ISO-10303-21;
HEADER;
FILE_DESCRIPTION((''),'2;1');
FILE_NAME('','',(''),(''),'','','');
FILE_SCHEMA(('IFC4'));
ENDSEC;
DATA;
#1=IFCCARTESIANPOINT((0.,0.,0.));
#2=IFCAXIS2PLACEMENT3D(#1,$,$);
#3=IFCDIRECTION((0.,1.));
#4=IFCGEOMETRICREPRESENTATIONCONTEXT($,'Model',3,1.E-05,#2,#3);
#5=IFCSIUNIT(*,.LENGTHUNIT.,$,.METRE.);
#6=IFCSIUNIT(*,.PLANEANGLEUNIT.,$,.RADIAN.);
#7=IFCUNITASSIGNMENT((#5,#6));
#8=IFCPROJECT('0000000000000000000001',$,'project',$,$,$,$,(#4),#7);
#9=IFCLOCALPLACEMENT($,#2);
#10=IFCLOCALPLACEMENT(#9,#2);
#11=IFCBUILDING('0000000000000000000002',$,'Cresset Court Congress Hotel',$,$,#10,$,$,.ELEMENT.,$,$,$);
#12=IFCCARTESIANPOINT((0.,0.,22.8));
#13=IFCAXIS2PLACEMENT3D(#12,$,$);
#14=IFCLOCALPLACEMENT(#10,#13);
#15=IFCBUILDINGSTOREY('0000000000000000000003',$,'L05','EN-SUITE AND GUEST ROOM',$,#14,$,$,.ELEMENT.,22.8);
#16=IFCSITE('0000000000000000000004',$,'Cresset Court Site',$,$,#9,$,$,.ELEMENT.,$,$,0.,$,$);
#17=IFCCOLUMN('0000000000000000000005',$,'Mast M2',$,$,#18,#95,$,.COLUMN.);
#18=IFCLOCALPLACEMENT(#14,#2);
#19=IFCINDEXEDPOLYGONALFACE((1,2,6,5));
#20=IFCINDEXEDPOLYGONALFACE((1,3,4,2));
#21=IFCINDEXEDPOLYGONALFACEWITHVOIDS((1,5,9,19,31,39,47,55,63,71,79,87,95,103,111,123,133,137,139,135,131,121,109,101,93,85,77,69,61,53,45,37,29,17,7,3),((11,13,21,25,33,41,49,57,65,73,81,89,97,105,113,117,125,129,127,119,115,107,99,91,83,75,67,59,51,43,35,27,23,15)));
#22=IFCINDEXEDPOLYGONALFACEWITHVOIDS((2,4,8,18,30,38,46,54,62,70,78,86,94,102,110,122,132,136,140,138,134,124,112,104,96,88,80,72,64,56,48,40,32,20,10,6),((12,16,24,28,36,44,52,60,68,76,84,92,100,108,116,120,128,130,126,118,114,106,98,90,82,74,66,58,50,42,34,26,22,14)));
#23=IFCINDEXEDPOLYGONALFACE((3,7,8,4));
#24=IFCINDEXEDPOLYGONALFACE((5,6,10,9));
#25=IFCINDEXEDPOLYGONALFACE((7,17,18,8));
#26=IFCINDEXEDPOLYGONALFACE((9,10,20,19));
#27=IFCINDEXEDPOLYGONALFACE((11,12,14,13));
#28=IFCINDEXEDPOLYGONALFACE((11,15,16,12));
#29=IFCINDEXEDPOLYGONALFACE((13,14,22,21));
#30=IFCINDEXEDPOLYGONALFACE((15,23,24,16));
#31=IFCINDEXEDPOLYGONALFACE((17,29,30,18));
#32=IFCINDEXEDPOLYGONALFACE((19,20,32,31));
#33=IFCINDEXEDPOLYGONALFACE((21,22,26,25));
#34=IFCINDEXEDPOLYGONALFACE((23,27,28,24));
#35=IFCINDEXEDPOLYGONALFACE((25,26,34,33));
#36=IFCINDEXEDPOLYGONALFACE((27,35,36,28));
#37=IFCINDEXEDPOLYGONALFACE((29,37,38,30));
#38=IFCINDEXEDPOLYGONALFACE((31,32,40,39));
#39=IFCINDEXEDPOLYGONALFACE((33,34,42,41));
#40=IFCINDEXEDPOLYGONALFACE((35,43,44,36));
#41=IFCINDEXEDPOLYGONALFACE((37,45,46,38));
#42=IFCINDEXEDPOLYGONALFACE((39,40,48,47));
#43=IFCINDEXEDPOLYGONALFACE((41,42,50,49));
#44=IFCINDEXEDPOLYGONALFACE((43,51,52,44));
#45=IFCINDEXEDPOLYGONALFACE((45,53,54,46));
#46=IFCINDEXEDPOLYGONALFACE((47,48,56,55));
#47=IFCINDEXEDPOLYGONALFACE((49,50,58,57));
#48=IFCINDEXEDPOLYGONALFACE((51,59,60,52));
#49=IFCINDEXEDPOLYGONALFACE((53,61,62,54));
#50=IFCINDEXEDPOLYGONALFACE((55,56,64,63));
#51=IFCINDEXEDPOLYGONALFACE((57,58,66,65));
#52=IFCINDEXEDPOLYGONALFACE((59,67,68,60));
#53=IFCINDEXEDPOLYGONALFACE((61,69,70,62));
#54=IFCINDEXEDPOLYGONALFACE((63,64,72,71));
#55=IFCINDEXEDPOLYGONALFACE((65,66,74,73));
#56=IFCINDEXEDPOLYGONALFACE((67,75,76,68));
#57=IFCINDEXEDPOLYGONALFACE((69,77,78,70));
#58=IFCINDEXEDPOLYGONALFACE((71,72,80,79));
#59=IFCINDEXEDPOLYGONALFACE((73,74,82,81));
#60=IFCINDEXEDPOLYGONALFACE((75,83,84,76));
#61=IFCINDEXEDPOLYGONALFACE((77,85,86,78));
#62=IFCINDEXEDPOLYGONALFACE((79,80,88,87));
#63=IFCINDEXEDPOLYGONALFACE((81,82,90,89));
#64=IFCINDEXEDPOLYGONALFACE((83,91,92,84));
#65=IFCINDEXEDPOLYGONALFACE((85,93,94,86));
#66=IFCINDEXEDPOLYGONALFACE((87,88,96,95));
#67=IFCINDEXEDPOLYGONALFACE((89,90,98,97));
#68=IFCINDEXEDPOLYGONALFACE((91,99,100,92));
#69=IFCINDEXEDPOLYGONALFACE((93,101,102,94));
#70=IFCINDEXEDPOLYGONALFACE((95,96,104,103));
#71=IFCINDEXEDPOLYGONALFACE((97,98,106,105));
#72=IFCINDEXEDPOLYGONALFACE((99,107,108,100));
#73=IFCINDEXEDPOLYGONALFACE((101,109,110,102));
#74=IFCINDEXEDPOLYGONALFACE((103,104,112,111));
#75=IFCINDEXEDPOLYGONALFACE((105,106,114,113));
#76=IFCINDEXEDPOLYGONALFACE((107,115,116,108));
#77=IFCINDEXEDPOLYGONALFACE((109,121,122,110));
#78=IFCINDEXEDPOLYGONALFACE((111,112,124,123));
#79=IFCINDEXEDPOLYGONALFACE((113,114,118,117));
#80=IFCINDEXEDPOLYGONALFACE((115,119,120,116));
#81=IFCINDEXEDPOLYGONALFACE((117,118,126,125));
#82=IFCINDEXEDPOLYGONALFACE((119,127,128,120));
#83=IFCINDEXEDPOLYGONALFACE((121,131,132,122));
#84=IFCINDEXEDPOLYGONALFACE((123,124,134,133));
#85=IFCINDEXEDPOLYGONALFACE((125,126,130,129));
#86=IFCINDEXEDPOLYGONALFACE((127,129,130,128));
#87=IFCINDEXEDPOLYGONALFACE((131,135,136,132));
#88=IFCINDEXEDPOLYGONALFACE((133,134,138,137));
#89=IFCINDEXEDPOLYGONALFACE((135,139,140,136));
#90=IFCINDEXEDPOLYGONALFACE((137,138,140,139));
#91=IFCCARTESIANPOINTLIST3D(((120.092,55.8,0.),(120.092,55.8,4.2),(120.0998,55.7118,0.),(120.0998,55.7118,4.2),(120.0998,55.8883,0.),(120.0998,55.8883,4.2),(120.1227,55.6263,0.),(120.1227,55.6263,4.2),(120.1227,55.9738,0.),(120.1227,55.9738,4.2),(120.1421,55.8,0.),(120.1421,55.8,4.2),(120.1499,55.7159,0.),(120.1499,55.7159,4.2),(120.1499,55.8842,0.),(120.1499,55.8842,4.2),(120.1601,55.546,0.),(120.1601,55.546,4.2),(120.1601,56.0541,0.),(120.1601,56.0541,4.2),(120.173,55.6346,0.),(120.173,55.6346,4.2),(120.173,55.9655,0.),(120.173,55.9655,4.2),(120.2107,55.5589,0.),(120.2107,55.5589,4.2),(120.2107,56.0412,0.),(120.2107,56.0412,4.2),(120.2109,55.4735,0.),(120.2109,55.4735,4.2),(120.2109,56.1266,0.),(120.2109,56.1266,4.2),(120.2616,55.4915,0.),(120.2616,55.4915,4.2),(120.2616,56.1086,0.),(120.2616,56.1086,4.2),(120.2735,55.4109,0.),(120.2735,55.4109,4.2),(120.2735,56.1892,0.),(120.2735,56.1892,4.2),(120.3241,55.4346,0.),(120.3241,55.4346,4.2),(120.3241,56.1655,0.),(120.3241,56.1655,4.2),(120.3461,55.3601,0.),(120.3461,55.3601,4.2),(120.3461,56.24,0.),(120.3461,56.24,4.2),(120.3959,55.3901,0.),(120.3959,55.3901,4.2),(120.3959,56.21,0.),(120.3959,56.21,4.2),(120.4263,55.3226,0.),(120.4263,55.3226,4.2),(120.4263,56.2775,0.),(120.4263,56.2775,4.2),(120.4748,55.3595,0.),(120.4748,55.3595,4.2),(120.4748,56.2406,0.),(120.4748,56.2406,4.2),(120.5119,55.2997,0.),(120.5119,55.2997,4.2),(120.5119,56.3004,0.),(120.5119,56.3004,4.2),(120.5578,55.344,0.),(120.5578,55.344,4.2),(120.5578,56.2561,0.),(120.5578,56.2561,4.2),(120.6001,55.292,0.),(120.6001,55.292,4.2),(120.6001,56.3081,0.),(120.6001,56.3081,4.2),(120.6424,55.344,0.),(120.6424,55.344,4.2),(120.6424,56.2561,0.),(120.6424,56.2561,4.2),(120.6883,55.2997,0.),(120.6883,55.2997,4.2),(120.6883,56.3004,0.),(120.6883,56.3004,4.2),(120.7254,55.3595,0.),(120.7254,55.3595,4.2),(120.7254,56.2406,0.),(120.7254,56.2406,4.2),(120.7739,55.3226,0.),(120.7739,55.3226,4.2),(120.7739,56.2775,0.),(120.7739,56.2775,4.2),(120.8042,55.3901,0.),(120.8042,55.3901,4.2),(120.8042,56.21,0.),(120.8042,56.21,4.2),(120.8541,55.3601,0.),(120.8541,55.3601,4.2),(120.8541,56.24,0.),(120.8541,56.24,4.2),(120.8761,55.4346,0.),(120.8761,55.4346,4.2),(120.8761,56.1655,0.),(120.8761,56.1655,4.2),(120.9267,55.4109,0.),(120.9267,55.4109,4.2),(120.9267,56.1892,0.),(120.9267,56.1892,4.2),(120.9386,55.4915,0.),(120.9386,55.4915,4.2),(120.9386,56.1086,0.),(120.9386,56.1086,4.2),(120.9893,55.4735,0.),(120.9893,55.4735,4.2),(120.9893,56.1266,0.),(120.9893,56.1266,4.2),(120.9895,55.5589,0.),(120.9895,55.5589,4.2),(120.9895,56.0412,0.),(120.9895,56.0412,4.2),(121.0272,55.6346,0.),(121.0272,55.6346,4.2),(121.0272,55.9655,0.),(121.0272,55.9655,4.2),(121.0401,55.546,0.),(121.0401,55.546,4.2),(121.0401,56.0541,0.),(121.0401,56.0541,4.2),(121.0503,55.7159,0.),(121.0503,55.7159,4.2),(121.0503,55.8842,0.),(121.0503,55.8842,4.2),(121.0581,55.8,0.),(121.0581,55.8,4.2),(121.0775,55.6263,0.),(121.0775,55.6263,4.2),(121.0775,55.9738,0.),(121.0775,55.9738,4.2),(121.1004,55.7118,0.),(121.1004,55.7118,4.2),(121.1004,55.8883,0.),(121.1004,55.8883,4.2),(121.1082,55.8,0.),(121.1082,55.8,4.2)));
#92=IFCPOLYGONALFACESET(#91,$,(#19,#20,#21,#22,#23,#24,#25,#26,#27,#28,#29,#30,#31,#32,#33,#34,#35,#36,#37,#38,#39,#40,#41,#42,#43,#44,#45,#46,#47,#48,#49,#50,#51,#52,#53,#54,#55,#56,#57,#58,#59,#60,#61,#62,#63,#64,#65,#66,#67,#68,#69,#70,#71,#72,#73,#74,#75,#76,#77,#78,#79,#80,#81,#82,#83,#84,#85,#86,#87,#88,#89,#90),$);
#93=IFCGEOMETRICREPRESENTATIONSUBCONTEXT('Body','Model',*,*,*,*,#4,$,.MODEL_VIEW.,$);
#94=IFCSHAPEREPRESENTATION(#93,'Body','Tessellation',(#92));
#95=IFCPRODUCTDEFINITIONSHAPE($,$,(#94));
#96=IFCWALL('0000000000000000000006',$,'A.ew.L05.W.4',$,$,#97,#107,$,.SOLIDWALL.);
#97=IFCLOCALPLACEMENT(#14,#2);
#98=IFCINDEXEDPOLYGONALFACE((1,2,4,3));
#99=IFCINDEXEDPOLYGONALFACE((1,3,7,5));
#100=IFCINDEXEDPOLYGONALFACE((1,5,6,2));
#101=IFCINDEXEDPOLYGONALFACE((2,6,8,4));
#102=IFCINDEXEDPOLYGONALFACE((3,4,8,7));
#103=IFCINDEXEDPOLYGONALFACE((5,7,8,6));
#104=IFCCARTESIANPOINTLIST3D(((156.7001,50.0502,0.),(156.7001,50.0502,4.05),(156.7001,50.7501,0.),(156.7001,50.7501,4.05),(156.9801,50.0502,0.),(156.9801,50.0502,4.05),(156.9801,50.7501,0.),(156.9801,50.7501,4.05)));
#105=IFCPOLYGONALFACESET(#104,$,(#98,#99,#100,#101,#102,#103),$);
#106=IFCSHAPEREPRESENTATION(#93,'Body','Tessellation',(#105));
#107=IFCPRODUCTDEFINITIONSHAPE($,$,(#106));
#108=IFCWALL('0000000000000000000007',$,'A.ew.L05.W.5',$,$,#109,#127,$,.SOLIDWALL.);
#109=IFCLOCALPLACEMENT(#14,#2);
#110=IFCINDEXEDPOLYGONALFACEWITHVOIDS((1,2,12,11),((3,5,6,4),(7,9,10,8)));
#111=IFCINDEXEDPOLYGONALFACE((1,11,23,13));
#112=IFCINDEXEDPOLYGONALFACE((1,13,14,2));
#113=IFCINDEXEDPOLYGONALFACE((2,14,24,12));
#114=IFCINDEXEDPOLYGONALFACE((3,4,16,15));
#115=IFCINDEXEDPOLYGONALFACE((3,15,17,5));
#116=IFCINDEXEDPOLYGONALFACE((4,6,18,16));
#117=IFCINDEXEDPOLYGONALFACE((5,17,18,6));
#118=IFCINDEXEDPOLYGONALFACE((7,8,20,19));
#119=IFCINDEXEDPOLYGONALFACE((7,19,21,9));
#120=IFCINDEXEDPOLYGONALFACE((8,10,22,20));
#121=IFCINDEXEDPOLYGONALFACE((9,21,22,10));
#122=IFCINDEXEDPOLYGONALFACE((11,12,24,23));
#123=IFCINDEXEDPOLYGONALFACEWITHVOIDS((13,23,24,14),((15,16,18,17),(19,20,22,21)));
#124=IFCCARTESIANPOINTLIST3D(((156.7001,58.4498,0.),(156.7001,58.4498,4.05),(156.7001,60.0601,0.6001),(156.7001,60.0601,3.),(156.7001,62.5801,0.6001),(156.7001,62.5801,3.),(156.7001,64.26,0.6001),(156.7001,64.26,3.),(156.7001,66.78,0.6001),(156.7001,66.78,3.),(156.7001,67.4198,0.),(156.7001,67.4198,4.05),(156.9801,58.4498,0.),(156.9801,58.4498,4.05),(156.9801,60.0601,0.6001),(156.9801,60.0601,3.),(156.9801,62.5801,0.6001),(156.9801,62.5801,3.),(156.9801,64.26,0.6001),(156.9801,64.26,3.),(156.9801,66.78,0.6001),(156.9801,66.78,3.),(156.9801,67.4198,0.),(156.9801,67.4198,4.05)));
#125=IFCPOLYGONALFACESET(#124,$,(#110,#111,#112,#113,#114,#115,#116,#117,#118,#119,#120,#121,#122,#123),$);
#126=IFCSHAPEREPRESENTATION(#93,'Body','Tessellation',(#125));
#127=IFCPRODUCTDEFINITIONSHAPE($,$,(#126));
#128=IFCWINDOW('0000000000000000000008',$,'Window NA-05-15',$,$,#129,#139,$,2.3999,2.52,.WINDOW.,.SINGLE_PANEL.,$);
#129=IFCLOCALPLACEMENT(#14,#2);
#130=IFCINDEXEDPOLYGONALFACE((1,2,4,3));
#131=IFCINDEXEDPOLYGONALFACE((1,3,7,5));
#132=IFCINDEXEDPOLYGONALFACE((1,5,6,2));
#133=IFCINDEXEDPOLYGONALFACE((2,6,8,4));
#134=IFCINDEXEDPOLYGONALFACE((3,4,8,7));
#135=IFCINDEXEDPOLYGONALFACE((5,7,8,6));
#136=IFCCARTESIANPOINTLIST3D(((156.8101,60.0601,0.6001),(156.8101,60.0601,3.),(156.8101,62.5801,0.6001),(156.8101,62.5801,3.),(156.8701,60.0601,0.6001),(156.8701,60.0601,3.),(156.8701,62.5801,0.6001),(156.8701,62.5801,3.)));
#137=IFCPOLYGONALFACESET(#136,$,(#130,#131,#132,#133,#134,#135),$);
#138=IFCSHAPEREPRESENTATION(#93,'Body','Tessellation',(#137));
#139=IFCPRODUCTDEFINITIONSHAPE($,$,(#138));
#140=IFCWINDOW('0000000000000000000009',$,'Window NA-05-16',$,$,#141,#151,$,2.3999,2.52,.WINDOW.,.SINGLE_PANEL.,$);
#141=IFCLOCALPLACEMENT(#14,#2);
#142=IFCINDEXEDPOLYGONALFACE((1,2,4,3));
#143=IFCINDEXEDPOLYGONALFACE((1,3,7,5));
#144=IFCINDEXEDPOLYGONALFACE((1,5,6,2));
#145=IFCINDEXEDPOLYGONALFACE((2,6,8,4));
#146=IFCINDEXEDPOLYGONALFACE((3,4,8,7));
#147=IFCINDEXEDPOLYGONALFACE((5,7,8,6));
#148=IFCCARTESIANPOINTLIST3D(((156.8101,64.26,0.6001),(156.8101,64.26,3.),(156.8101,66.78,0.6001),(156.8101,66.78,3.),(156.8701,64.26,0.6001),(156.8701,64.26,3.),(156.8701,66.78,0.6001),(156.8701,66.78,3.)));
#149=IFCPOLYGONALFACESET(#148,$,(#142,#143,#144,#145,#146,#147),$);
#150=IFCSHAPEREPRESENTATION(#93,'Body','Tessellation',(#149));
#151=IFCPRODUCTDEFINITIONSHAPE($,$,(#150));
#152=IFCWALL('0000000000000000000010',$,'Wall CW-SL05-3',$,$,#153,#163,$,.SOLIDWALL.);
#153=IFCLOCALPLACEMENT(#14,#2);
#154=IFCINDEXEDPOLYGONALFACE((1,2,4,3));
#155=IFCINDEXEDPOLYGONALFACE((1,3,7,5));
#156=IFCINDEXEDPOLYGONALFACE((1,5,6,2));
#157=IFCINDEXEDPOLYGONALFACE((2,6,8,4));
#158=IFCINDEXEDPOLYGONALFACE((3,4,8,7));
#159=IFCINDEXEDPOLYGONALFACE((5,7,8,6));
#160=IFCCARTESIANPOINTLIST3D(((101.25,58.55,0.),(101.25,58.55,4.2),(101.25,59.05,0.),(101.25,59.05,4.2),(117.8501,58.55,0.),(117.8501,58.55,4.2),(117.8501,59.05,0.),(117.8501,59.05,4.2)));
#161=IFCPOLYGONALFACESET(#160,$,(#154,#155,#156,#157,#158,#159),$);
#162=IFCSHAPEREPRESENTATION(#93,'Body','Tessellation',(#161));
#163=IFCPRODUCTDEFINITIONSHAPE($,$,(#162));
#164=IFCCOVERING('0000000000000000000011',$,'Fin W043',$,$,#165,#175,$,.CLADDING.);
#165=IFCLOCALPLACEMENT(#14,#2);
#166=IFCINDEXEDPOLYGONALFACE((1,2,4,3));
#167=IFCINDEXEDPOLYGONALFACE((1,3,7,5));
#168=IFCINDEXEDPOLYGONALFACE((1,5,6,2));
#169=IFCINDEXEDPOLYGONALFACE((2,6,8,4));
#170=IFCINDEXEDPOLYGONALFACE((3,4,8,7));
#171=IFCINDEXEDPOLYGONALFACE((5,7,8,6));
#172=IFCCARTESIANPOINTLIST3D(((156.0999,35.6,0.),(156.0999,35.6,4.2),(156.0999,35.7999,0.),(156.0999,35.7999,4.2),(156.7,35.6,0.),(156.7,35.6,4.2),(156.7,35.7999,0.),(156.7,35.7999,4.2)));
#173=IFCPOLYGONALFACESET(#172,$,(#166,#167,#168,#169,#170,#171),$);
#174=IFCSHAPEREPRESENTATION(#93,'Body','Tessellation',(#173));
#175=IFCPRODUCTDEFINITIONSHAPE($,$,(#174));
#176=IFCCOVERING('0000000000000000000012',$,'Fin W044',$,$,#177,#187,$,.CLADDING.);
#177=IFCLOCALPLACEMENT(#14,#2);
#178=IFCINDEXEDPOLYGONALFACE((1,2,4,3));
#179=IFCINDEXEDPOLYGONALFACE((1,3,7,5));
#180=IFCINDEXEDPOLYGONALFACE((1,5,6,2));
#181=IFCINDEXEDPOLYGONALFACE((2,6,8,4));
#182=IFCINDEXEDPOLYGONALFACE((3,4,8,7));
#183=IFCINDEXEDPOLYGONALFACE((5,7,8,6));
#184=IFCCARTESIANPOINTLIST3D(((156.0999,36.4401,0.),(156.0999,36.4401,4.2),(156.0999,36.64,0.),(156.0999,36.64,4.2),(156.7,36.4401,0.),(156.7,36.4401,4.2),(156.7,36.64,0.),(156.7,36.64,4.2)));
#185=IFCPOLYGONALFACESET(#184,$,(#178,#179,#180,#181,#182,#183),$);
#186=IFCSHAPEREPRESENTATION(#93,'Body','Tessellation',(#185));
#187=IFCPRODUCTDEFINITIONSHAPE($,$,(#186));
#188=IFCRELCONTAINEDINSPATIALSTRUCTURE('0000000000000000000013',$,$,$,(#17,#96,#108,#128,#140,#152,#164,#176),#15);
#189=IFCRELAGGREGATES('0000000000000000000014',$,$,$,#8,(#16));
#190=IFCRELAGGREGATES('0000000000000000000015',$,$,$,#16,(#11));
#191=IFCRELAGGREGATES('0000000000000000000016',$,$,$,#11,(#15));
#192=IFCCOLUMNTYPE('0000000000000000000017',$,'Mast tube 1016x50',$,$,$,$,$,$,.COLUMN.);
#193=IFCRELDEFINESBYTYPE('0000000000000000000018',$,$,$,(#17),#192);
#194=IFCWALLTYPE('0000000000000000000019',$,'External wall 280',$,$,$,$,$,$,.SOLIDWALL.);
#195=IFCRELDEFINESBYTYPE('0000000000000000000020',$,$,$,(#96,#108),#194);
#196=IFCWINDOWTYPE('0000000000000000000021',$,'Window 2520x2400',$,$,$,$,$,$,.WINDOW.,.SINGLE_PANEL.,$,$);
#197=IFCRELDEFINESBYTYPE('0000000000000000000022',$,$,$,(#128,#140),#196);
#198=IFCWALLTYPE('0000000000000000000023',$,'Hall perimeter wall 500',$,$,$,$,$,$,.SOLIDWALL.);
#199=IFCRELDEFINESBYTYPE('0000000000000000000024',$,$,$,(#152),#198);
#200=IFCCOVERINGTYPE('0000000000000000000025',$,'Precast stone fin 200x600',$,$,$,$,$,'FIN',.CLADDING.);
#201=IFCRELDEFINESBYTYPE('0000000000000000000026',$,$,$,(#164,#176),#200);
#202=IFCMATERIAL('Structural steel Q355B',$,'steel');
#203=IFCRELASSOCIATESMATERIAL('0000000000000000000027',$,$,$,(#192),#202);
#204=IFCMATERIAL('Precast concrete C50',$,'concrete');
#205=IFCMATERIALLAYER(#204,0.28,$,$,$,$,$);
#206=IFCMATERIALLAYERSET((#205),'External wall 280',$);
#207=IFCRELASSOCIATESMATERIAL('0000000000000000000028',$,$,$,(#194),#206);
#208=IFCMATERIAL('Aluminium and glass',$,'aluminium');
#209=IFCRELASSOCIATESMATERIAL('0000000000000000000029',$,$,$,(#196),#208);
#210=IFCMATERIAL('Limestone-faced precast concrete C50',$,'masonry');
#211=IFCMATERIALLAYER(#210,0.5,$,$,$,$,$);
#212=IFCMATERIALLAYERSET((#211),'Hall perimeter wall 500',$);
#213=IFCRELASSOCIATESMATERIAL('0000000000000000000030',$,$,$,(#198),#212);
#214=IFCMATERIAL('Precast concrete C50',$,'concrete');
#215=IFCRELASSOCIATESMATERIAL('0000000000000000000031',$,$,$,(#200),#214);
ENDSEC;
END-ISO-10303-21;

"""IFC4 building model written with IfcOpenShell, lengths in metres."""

from ifc_helpers import new_model, si_unit, direction, frame, frame_2d, origin, origin_2d, place, context, subcontext, project, spatial, rectangle, hollow_circle, extrude, material, layer, layer_set, material_profile, profile_set, type_object, element, fill, save


model = new_model("IFC4")

# Units and contexts
model_context = context("Model", 3, precision=1e-05, world=origin(), true_north=direction((0.0, 1.0)))
body_context = subcontext(model_context, "Body", "Model", "MODEL_VIEW")
ifc_project = project(units=[si_unit("LENGTHUNIT", "METRE"), si_unit("PLANEANGLEUNIT", "RADIAN")], contexts=[model_context])

# Site, building, storey
site_placement = place(None, origin())
site = spatial("IfcSite", under=ifc_project, at=site_placement, Name="Cresset Court Site", CompositionType="ELEMENT", RefElevation=0.0)
building_placement = place(site_placement, origin())
building = spatial("IfcBuilding", under=site, at=building_placement, Name="Cresset Court Congress Hotel", CompositionType="ELEMENT")
storey_placement = place(building_placement, frame((0.0, 0.0, 22.8)))
storey = spatial("IfcBuildingStorey", under=building, at=storey_placement, Name="L05", Description="EN-SUITE AND GUEST ROOM", CompositionType="ELEMENT", Elevation=22.8)

# Column
ifc_material_1 = material(Name="Structural steel Q355B", Category="steel")
ifc_material_profile = material_profile(ifc_material_1, hollow_circle(Radius=0.5081, WallThickness=0.05, at=origin_2d()), Name="CHS1016x50")
ifc_profile_set = profile_set([ifc_material_profile], Name="Structural steel Q355B")
column_type = type_object("IfcColumnType", Name="Mast tube 1016x50", PredefinedType="COLUMN", material=ifc_profile_set)
column_placement = place(storey_placement, frame((120.6001, 55.8, 0.0), z_axis=(0.0, 0.0, 1.0), x_axis=(1.0, 0.0, 0.0)))
element("IfcColumn", 1, at=column_placement, inside=storey, type_object=column_type, Name="Mast M2", PredefinedType="COLUMN", context=body_context, shape_type="SweptSolid", body=[
    extrude(hollow_circle(Radius=0.5081, WallThickness=0.05, at=origin_2d()), origin(), (0.0, 0.0, 1.0), 4.2),
])

# Wall
ifc_material_2 = material(Name="Precast concrete C50", Category="concrete")
ifc_layer_1 = layer(ifc_material_2, 0.28)
ifc_layer_set_1 = layer_set([ifc_layer_1], Name="External wall 280")
wall_type_1 = type_object("IfcWallType", Name="External wall 280", PredefinedType="SOLIDWALL", material=ifc_layer_set_1)
wall_1_placement = place(storey_placement, frame((156.8401, 50.05, 0.0), z_axis=(0.0, 0.0, 1.0), x_axis=(0.0, 1.0, 0.0)))
element("IfcWall", 2, at=wall_1_placement, inside=storey, type_object=wall_type_1, Name="A.ew.L05.W.4", PredefinedType="SOLIDWALL", context=body_context, shape_type="SweptSolid", body=[
    extrude(rectangle(XDim=0.7, YDim=0.28, at=frame_2d((0.3501, 0.0))), origin(), (0.0, 0.0, 1.0), 4.05),
])

# Wall, openings, windows
wall_2_placement = place(storey_placement, frame((156.8401, 58.45, 0.0), z_axis=(0.0, 0.0, 1.0), x_axis=(0.0, 1.0, 0.0)))
wall_2 = element("IfcWall", 3, at=wall_2_placement, inside=storey, type_object=wall_type_1, Name="A.ew.L05.W.5", PredefinedType="SOLIDWALL", context=body_context, shape_type="SweptSolid", body=[
    extrude(rectangle(XDim=8.97, YDim=0.28, at=frame_2d((4.4849, 0.0))), origin(), (0.0, 0.0, 1.0), 4.05),
])
opening_1_placement = place(wall_2_placement, frame((1.6101, 0.0, 0.6001)))
opening_1 = element("IfcOpeningElement", 4, at=opening_1_placement, cuts=wall_2, PredefinedType="OPENING", context=body_context, shape_type="SweptSolid", body=[
    extrude(rectangle(XDim=2.52, YDim=2.3999, at=frame_2d((1.26, 1.2))), frame((0.0, 0.1499, 0.0), z_axis=(0.0, -1.0, 0.0), x_axis=(1.0, 0.0, 0.0)), (0.0, 0.0, 1.0), 0.3),
])
opening_2_placement = place(wall_2_placement, frame((5.8101, 0.0, 0.6001)))
opening_2 = element("IfcOpeningElement", 5, at=opening_2_placement, cuts=wall_2, PredefinedType="OPENING", context=body_context, shape_type="SweptSolid", body=[
    extrude(rectangle(XDim=2.52, YDim=2.3999, at=frame_2d((1.26, 1.2))), frame((0.0, 0.1499, 0.0), z_axis=(0.0, -1.0, 0.0), x_axis=(1.0, 0.0, 0.0)), (0.0, 0.0, 1.0), 0.3),
])
ifc_material_3 = material(Name="Aluminium and glass", Category="aluminium")
window_type = type_object("IfcWindowType", Name="Window 2520x2400", PartitioningType="SINGLE_PANEL", PredefinedType="WINDOW", material=ifc_material_3)
window_1_placement = place(opening_1_placement, origin())
window_1 = element("IfcWindow", 6, at=window_1_placement, inside=storey, type_object=window_type, Name="Window NA-05-15", OverallHeight=2.3999, OverallWidth=2.52, PartitioningType="SINGLE_PANEL", PredefinedType="WINDOW", context=body_context, shape_type="SweptSolid", body=[
    extrude(rectangle(XDim=2.52, YDim=2.3999, at=frame_2d((1.26, 1.2))), frame((0.0, 0.03, 0.0), z_axis=(0.0, -1.0, 0.0), x_axis=(1.0, 0.0, 0.0)), (0.0, 0.0, 1.0), 0.0601),
])
fill(opening_1, window_1)
window_2_placement = place(opening_2_placement, origin())
window_2 = element("IfcWindow", 7, at=window_2_placement, inside=storey, type_object=window_type, Name="Window NA-05-16", OverallHeight=2.3999, OverallWidth=2.52, PartitioningType="SINGLE_PANEL", PredefinedType="WINDOW", context=body_context, shape_type="SweptSolid", body=[
    extrude(rectangle(XDim=2.52, YDim=2.3999, at=frame_2d((1.26, 1.2))), frame((0.0, 0.03, 0.0), z_axis=(0.0, -1.0, 0.0), x_axis=(1.0, 0.0, 0.0)), (0.0, 0.0, 1.0), 0.0601),
])
fill(opening_2, window_2)

# Wall
ifc_material_4 = material(Name="Limestone-faced precast concrete C50", Category="masonry")
ifc_layer_2 = layer(ifc_material_4, 0.5)
ifc_layer_set_2 = layer_set([ifc_layer_2], Name="Hall perimeter wall 500")
wall_type_2 = type_object("IfcWallType", Name="Hall perimeter wall 500", PredefinedType="SOLIDWALL", material=ifc_layer_set_2)
wall_3_placement = place(storey_placement, frame((117.8501, 58.8, 0.0), z_axis=(0.0, 0.0, 1.0), x_axis=(-1.0, 0.0, 0.0)))
element("IfcWall", 8, at=wall_3_placement, inside=storey, type_object=wall_type_2, Name="Wall CW-SL05-3", PredefinedType="SOLIDWALL", context=body_context, shape_type="SweptSolid", body=[
    extrude(rectangle(XDim=16.6001, YDim=0.5, at=frame_2d((8.3, 0.0))), origin(), (0.0, 0.0, 1.0), 4.2),
])

# Coverings
ifc_material_5 = material(Name="Precast concrete C50", Category="concrete")
covering_type_1 = type_object("IfcCoveringType", Name="Precast stone fin 200x600", ElementType="FIN", PredefinedType="CLADDING", material=ifc_material_5)
for number, where, z_axis, x_axis, name in (
    (9, (156.3999, 35.7, 0.0), (0.0, 0.0, 1.0), (1.0, 0.0, 0.0), "Fin W043"),
    (10, (156.3999, 36.54, 0.0), (0.0, 0.0, 1.0), (1.0, 0.0, 0.0), "Fin W044"),
):
    element("IfcCovering", number, at=place(storey_placement, frame(where, z_axis=z_axis, x_axis=x_axis)), inside=storey, type_object=covering_type_1, Name=name, PredefinedType="CLADDING", context=body_context, shape_type="SweptSolid", body=[
        extrude(rectangle(XDim=0.6001, YDim=0.2, at=origin_2d()), origin(), (0.0, 0.0, 1.0), 4.2),
    ])

save(model, "model.ifc")
